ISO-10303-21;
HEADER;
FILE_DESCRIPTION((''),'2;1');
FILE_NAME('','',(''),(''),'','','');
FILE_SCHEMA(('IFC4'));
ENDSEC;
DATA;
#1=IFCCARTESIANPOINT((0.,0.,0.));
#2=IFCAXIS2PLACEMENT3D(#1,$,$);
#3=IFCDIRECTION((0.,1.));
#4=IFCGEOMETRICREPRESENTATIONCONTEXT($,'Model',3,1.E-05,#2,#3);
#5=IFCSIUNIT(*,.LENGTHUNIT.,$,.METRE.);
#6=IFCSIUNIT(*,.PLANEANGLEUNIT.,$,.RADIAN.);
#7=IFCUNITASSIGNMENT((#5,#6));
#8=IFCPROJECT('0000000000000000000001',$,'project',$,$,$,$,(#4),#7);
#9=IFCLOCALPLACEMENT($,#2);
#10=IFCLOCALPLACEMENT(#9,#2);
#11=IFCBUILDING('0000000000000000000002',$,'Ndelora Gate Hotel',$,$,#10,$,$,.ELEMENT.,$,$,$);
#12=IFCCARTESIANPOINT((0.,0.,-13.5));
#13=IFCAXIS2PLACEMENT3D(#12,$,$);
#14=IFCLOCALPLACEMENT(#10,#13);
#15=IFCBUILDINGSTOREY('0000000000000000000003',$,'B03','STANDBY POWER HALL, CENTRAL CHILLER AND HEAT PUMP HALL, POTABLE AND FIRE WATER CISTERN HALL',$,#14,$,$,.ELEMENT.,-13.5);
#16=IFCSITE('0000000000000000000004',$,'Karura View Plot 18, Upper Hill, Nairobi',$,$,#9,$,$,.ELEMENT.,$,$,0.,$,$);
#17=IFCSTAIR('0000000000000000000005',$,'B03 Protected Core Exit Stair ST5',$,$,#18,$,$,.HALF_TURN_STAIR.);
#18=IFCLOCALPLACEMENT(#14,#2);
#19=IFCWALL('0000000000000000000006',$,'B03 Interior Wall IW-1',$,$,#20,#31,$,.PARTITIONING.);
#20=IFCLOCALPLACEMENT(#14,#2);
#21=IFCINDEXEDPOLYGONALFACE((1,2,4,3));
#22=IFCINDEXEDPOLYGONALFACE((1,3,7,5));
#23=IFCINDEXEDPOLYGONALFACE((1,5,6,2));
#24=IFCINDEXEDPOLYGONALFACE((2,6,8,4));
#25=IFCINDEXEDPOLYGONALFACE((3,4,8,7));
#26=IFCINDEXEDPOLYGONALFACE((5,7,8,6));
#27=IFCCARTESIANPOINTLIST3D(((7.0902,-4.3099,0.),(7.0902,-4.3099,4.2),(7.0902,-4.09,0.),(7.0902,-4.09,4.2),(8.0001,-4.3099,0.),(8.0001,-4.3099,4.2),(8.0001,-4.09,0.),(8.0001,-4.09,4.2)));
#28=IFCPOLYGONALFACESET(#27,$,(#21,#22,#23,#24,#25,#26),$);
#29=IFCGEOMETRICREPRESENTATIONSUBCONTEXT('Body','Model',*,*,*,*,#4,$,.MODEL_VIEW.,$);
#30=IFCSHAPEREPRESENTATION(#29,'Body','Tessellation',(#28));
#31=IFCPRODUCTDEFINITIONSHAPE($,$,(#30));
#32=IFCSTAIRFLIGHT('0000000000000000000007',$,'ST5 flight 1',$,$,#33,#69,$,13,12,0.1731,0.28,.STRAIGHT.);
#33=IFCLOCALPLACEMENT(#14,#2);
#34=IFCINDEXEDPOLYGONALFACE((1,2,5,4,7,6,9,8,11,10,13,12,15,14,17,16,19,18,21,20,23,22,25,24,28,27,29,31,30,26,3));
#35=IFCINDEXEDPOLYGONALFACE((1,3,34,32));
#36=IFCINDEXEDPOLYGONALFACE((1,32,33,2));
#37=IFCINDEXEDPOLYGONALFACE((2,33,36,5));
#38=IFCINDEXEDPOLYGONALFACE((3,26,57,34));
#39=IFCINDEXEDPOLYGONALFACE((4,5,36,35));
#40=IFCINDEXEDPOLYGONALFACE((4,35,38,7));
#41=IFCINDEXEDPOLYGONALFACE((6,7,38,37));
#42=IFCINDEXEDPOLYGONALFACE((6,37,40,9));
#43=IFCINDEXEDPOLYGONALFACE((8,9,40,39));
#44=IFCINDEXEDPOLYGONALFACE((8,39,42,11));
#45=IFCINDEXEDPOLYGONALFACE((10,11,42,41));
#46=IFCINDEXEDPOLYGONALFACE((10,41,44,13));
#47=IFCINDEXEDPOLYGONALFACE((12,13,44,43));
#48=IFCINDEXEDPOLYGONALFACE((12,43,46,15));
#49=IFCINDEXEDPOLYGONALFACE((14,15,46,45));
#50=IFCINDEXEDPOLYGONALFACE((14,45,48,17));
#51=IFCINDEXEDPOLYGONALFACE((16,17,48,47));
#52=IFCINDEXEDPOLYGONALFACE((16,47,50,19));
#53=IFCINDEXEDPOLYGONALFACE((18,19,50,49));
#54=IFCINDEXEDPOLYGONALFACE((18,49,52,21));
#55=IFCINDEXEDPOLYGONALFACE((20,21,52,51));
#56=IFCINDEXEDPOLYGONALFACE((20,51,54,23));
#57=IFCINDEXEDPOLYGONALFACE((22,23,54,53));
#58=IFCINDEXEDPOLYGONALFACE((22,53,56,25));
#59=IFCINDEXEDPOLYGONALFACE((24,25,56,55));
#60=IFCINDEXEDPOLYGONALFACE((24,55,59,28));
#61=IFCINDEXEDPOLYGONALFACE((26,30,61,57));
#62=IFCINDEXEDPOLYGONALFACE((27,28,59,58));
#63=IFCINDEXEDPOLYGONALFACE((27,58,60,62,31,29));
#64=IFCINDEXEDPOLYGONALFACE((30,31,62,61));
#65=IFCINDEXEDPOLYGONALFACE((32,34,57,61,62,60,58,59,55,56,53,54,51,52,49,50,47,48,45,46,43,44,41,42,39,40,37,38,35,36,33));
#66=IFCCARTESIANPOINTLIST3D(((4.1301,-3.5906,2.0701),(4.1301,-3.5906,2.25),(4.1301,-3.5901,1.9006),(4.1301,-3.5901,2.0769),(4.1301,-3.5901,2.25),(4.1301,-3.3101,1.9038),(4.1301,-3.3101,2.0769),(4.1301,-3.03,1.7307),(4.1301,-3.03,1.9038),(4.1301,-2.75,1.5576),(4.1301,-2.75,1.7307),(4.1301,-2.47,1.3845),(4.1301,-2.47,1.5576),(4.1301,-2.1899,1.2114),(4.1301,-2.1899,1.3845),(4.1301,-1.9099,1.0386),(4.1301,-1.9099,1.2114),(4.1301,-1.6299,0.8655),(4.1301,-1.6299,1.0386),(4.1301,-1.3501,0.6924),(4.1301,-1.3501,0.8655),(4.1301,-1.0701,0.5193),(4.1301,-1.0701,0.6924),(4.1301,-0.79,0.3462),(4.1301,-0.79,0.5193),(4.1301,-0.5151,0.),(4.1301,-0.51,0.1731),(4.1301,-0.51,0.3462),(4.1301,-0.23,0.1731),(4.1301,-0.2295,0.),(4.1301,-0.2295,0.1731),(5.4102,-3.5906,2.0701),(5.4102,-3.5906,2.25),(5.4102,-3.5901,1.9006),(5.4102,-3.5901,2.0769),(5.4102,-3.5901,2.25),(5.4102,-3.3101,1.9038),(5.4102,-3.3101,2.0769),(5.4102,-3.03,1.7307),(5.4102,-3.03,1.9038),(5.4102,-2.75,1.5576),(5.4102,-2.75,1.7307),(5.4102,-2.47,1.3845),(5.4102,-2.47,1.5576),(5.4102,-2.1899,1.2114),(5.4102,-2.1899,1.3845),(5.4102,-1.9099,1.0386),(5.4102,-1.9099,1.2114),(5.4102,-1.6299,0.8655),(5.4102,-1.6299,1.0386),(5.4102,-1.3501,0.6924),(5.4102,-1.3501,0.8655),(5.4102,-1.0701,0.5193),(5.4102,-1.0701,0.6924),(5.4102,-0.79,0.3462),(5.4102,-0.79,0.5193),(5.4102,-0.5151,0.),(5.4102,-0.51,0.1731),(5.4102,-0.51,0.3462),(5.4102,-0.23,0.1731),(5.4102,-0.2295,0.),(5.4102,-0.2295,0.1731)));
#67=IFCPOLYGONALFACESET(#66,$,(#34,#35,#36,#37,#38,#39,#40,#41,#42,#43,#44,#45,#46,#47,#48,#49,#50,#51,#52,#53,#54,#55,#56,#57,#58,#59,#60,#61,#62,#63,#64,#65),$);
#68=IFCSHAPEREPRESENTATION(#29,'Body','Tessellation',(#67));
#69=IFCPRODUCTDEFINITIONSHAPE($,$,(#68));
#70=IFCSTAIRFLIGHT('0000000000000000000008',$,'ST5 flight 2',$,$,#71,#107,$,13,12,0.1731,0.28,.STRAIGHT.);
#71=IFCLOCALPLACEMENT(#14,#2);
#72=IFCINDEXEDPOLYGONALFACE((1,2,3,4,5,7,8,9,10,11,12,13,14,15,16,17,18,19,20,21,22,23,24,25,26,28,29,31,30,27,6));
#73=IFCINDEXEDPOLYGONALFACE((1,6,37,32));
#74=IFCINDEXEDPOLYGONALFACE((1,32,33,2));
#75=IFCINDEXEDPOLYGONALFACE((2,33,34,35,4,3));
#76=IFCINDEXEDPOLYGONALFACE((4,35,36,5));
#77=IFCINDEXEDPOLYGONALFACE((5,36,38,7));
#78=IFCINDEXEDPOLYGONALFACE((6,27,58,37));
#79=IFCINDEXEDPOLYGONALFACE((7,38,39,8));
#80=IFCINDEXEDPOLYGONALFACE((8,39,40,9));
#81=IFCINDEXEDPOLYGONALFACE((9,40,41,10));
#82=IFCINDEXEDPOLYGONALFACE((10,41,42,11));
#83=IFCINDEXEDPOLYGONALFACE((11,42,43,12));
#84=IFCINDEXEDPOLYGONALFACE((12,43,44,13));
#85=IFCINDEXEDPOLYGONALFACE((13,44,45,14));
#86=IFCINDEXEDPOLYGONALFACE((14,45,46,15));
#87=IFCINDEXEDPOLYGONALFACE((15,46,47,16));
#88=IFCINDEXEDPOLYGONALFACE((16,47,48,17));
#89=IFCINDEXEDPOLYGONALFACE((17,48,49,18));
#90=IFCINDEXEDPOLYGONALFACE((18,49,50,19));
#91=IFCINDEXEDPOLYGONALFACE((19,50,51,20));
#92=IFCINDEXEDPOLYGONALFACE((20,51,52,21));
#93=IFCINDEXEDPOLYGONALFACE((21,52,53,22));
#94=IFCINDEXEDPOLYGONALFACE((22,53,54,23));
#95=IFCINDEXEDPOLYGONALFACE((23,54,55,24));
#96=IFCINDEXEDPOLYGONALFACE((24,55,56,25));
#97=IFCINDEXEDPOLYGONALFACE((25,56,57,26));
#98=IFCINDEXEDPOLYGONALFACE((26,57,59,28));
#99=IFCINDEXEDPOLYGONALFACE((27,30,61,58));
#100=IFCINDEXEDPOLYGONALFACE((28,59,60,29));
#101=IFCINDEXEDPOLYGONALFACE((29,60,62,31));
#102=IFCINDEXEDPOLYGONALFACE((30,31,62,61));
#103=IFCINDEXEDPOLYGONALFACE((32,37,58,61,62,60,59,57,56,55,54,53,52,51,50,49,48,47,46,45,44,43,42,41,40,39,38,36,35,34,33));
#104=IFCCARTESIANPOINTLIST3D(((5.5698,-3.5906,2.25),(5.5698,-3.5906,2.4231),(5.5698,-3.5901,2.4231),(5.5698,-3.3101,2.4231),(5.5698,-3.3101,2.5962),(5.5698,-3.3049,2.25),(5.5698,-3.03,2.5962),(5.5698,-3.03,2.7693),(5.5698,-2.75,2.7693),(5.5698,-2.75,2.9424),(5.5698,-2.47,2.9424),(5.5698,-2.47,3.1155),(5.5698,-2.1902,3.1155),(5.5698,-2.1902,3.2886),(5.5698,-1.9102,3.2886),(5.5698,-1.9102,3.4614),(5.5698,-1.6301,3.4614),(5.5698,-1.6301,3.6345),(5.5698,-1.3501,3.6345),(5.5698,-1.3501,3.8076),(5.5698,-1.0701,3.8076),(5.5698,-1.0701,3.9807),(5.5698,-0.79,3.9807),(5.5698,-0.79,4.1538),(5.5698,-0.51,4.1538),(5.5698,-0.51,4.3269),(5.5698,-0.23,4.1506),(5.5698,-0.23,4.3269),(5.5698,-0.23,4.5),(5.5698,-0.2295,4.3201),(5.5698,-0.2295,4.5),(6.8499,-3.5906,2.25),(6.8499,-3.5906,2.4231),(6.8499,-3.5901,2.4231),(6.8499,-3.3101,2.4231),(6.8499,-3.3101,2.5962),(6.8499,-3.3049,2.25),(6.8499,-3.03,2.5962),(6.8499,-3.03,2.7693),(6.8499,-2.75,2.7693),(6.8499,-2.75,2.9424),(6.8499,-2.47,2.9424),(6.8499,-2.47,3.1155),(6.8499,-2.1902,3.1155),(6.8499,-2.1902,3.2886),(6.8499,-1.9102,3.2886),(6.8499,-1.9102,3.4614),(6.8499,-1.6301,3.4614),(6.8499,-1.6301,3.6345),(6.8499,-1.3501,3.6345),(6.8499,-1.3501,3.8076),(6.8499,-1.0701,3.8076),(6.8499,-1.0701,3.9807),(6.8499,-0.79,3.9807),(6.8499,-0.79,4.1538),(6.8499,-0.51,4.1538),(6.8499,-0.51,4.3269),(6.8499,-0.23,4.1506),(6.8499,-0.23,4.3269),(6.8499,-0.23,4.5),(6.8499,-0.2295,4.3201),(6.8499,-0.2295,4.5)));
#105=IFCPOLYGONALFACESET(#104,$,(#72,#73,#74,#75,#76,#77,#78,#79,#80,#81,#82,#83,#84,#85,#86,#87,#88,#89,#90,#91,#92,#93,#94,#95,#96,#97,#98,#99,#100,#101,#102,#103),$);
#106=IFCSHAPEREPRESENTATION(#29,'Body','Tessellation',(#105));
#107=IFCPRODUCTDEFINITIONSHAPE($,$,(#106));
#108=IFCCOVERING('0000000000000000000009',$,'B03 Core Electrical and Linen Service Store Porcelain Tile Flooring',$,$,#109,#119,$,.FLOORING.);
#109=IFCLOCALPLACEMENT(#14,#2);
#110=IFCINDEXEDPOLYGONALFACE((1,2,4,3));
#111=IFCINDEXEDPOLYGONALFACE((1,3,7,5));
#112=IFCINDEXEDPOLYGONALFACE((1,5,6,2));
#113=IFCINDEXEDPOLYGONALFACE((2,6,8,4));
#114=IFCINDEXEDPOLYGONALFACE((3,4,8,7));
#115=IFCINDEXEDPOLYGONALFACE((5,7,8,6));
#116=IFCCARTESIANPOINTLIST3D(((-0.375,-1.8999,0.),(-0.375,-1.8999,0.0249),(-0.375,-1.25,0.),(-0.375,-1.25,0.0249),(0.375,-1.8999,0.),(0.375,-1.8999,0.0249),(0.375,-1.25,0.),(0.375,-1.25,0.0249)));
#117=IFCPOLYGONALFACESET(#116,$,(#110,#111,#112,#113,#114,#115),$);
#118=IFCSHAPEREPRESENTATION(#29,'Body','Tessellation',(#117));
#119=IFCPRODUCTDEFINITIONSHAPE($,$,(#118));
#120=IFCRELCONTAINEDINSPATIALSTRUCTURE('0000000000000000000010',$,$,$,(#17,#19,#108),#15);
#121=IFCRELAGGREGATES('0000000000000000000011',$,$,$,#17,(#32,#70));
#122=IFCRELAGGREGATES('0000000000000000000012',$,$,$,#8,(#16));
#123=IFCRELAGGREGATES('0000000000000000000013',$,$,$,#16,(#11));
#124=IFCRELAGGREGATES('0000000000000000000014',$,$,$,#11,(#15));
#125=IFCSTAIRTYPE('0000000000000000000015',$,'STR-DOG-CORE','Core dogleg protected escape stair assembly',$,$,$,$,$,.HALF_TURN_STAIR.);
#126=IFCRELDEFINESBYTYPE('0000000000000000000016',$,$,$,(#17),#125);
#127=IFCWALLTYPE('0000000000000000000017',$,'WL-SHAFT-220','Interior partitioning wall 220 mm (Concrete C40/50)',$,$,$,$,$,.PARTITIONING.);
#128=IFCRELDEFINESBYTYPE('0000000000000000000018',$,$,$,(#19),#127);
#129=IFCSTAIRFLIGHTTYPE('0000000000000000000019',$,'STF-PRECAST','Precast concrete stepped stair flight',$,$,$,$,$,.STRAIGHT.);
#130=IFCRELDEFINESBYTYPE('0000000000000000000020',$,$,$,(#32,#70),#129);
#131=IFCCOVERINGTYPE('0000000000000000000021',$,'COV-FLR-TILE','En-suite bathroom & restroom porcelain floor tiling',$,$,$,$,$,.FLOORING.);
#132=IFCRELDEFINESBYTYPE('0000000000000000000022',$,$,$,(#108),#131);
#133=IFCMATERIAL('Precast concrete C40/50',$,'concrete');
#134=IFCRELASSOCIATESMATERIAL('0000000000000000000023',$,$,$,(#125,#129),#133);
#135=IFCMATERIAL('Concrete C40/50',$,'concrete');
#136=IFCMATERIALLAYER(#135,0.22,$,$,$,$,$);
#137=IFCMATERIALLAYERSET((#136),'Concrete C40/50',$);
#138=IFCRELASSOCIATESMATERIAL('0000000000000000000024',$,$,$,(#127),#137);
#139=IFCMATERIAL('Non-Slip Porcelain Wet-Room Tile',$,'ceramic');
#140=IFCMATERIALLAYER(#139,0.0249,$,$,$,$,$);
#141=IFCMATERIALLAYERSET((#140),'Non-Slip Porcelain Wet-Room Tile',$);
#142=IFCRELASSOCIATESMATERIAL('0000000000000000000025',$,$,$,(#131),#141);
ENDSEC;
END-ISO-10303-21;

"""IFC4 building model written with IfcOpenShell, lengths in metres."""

from ifc_helpers import new_model, si_unit, direction, frame, frame_2d, origin, origin_2d, place, context, subcontext, project, spatial, polyline, rectangle, outline, extrude, material, layer, layer_set, type_object, element, aggregate, save


model = new_model("IFC4")

# Units and contexts
model_context = context("Model", 3, precision=1e-05, world=origin(), true_north=direction((0.0, 1.0)))
body_context = subcontext(model_context, "Body", "Model", "MODEL_VIEW")
ifc_project = project(units=[si_unit("LENGTHUNIT", "METRE"), si_unit("PLANEANGLEUNIT", "RADIAN")], contexts=[model_context])

# Site, building, storey
site_placement = place(None, origin())
site = spatial("IfcSite", under=ifc_project, at=site_placement, Name="Karura View Plot 18, Upper Hill, Nairobi", CompositionType="ELEMENT", RefElevation=0.0)
building_placement = place(site_placement, origin())
building = spatial("IfcBuilding", under=site, at=building_placement, Name="Ndelora Gate Hotel", CompositionType="ELEMENT")
storey_placement = place(building_placement, frame((0.0, 0.0, -13.5)))
storey = spatial("IfcBuildingStorey", under=building, at=storey_placement, Name="B03", Description="STANDBY POWER HALL, CENTRAL CHILLER AND HEAT PUMP HALL, POTABLE AND FIRE WATER CISTERN HALL", CompositionType="ELEMENT", Elevation=-13.5)

# Shared definitions
ifc_material_1 = material(Name="Concrete C40/50", Category="concrete")

# Stair
ifc_material_2 = material(Name="Precast concrete C40/50", Category="concrete")
stair_type = type_object("IfcStairType", Name="STR-DOG-CORE", Description="Core dogleg protected escape stair assembly", PredefinedType="HALF_TURN_STAIR", material=ifc_material_2)
stair_1_placement = place(storey_placement, origin())
stair_1 = element("IfcStair", 1, at=stair_1_placement, inside=storey, type_object=stair_type, Name="B03 Protected Core Exit Stair ST5", PredefinedType="HALF_TURN_STAIR")

# Wall
ifc_layer_1 = layer(ifc_material_1, 0.22)
ifc_layer_set_1 = layer_set([ifc_layer_1], Name="Concrete C40/50")
wall_type = type_object("IfcWallType", Name="WL-SHAFT-220", Description="Interior partitioning wall 220 mm (Concrete C40/50)", PredefinedType="PARTITIONING", material=ifc_layer_set_1)
wall_placement = place(storey_placement, frame((7.0901, -4.2, 0.0), z_axis=(0.0, 0.0, 1.0), x_axis=(1.0, 0.0, 0.0)))
element("IfcWall", 2, at=wall_placement, inside=storey, type_object=wall_type, Name="B03 Interior Wall IW-1", PredefinedType="PARTITIONING", context=body_context, shape_type="SweptSolid", body=[
    extrude(rectangle(XDim=0.9099, YDim=0.22, at=frame_2d((0.4551, 0.0))), origin(), (0.0, 0.0, 1.0), 4.2),
])

# Stair flights
stair_flight_type = type_object("IfcStairFlightType", Name="STF-PRECAST", Description="Precast concrete stepped stair flight", PredefinedType="STRAIGHT", material=ifc_material_2)
stair_flight_1_placement = place(storey_placement, frame((4.77, -0.23, 0.0), z_axis=(0.0, 0.0, 1.0), x_axis=(0.0, -1.0, 0.0)))
stair_flight_1 = element("IfcStairFlight", 3, at=stair_flight_1_placement, type_object=stair_flight_type, Name="ST5 flight 1", NumberOfRisers=13, NumberOfTreads=12, PredefinedType="STRAIGHT", RiserHeight=0.1731, TreadLength=0.28, context=body_context, shape_type="SweptSolid", body=[
    extrude(outline(polyline([(-0.0005, 0.0), (-0.0005, 0.1731), (0.0, 0.1731), (0.28, 0.1731), (0.28, 0.3462), (0.5601, 0.3462), (0.5601, 0.5193), (0.8401, 0.5193), (0.8401, 0.6924), (1.1201, 0.6924), (1.1201, 0.8655), (1.3999, 0.8655), (1.3999, 1.0386), (1.6799, 1.0386), (1.6799, 1.2114), (1.96, 1.2114), (1.96, 1.3845), (2.24, 1.3845), (2.24, 1.5576), (2.52, 1.5576), (2.52, 1.7307), (2.8, 1.7307), (2.8, 1.9038), (3.0801, 1.9038), (3.0801, 2.0769), (3.3601, 2.0769), (3.3601, 2.25), (3.3606, 2.25), (3.3606, 2.0701), (3.3601, 1.9006), (0.2852, 0.0), (-0.0005, 0.0)])), frame((0.0, 0.6401, 0.0), z_axis=(0.0, -1.0, 0.0), x_axis=(1.0, 0.0, 0.0)), (0.0, 0.0, 1.0), 1.28),
])
stair_flight_2_placement = place(storey_placement, frame((6.21, -3.5901, 2.25), z_axis=(0.0, 0.0, 1.0), x_axis=(0.0, 1.0, 0.0)))
stair_flight_2 = element("IfcStairFlight", 4, at=stair_flight_2_placement, type_object=stair_flight_type, Name="ST5 flight 2", NumberOfRisers=13, NumberOfTreads=12, PredefinedType="STRAIGHT", RiserHeight=0.1731, TreadLength=0.28, context=body_context, shape_type="SweptSolid", body=[
    extrude(outline(polyline([(-0.0005, 0.0), (-0.0005, 0.1731), (0.0, 0.1731), (0.28, 0.1731), (0.28, 0.3462), (0.5601, 0.3462), (0.5601, 0.5193), (0.8401, 0.5193), (0.8401, 0.6924), (1.1201, 0.6924), (1.1201, 0.8655), (1.3999, 0.8655), (1.3999, 1.0386), (1.6799, 1.0386), (1.6799, 1.2114), (1.96, 1.2114), (1.96, 1.3845), (2.24, 1.3845), (2.24, 1.5576), (2.52, 1.5576), (2.52, 1.7307), (2.8, 1.7307), (2.8, 1.9038), (3.0801, 1.9038), (3.0801, 2.0769), (3.3601, 2.0769), (3.3601, 2.25), (3.3606, 2.25), (3.3606, 2.0701), (3.3601, 1.9006), (0.2852, 0.0), (-0.0005, 0.0)])), frame((0.0, 0.6401, 0.0), z_axis=(0.0, -1.0, 0.0), x_axis=(1.0, 0.0, 0.0)), (0.0, 0.0, 1.0), 1.28),
])
aggregate(stair_1, [stair_flight_1, stair_flight_2])

# Covering
ifc_material_3 = material(Name="Non-Slip Porcelain Wet-Room Tile", Category="ceramic")
ifc_layer_2 = layer(ifc_material_3, 0.0249)
ifc_layer_set_2 = layer_set([ifc_layer_2], Name="Non-Slip Porcelain Wet-Room Tile")
covering_type = type_object("IfcCoveringType", Name="COV-FLR-TILE", Description="En-suite bathroom & restroom porcelain floor tiling", PredefinedType="FLOORING", material=ifc_layer_set_2)
covering_placement = place(storey_placement, frame((0.0, -1.575, 0.0), z_axis=(0.0, 0.0, 1.0), x_axis=(1.0, 0.0, 0.0)))
element("IfcCovering", 5, at=covering_placement, inside=storey, type_object=covering_type, Name="B03 Core Electrical and Linen Service Store Porcelain Tile Flooring", PredefinedType="FLOORING", context=body_context, shape_type="SweptSolid", body=[
    extrude(rectangle(XDim=0.75, YDim=0.6499, at=origin_2d()), origin(), (0.0, 0.0, 1.0), 0.0249),
])

save(model, "model.ifc")
